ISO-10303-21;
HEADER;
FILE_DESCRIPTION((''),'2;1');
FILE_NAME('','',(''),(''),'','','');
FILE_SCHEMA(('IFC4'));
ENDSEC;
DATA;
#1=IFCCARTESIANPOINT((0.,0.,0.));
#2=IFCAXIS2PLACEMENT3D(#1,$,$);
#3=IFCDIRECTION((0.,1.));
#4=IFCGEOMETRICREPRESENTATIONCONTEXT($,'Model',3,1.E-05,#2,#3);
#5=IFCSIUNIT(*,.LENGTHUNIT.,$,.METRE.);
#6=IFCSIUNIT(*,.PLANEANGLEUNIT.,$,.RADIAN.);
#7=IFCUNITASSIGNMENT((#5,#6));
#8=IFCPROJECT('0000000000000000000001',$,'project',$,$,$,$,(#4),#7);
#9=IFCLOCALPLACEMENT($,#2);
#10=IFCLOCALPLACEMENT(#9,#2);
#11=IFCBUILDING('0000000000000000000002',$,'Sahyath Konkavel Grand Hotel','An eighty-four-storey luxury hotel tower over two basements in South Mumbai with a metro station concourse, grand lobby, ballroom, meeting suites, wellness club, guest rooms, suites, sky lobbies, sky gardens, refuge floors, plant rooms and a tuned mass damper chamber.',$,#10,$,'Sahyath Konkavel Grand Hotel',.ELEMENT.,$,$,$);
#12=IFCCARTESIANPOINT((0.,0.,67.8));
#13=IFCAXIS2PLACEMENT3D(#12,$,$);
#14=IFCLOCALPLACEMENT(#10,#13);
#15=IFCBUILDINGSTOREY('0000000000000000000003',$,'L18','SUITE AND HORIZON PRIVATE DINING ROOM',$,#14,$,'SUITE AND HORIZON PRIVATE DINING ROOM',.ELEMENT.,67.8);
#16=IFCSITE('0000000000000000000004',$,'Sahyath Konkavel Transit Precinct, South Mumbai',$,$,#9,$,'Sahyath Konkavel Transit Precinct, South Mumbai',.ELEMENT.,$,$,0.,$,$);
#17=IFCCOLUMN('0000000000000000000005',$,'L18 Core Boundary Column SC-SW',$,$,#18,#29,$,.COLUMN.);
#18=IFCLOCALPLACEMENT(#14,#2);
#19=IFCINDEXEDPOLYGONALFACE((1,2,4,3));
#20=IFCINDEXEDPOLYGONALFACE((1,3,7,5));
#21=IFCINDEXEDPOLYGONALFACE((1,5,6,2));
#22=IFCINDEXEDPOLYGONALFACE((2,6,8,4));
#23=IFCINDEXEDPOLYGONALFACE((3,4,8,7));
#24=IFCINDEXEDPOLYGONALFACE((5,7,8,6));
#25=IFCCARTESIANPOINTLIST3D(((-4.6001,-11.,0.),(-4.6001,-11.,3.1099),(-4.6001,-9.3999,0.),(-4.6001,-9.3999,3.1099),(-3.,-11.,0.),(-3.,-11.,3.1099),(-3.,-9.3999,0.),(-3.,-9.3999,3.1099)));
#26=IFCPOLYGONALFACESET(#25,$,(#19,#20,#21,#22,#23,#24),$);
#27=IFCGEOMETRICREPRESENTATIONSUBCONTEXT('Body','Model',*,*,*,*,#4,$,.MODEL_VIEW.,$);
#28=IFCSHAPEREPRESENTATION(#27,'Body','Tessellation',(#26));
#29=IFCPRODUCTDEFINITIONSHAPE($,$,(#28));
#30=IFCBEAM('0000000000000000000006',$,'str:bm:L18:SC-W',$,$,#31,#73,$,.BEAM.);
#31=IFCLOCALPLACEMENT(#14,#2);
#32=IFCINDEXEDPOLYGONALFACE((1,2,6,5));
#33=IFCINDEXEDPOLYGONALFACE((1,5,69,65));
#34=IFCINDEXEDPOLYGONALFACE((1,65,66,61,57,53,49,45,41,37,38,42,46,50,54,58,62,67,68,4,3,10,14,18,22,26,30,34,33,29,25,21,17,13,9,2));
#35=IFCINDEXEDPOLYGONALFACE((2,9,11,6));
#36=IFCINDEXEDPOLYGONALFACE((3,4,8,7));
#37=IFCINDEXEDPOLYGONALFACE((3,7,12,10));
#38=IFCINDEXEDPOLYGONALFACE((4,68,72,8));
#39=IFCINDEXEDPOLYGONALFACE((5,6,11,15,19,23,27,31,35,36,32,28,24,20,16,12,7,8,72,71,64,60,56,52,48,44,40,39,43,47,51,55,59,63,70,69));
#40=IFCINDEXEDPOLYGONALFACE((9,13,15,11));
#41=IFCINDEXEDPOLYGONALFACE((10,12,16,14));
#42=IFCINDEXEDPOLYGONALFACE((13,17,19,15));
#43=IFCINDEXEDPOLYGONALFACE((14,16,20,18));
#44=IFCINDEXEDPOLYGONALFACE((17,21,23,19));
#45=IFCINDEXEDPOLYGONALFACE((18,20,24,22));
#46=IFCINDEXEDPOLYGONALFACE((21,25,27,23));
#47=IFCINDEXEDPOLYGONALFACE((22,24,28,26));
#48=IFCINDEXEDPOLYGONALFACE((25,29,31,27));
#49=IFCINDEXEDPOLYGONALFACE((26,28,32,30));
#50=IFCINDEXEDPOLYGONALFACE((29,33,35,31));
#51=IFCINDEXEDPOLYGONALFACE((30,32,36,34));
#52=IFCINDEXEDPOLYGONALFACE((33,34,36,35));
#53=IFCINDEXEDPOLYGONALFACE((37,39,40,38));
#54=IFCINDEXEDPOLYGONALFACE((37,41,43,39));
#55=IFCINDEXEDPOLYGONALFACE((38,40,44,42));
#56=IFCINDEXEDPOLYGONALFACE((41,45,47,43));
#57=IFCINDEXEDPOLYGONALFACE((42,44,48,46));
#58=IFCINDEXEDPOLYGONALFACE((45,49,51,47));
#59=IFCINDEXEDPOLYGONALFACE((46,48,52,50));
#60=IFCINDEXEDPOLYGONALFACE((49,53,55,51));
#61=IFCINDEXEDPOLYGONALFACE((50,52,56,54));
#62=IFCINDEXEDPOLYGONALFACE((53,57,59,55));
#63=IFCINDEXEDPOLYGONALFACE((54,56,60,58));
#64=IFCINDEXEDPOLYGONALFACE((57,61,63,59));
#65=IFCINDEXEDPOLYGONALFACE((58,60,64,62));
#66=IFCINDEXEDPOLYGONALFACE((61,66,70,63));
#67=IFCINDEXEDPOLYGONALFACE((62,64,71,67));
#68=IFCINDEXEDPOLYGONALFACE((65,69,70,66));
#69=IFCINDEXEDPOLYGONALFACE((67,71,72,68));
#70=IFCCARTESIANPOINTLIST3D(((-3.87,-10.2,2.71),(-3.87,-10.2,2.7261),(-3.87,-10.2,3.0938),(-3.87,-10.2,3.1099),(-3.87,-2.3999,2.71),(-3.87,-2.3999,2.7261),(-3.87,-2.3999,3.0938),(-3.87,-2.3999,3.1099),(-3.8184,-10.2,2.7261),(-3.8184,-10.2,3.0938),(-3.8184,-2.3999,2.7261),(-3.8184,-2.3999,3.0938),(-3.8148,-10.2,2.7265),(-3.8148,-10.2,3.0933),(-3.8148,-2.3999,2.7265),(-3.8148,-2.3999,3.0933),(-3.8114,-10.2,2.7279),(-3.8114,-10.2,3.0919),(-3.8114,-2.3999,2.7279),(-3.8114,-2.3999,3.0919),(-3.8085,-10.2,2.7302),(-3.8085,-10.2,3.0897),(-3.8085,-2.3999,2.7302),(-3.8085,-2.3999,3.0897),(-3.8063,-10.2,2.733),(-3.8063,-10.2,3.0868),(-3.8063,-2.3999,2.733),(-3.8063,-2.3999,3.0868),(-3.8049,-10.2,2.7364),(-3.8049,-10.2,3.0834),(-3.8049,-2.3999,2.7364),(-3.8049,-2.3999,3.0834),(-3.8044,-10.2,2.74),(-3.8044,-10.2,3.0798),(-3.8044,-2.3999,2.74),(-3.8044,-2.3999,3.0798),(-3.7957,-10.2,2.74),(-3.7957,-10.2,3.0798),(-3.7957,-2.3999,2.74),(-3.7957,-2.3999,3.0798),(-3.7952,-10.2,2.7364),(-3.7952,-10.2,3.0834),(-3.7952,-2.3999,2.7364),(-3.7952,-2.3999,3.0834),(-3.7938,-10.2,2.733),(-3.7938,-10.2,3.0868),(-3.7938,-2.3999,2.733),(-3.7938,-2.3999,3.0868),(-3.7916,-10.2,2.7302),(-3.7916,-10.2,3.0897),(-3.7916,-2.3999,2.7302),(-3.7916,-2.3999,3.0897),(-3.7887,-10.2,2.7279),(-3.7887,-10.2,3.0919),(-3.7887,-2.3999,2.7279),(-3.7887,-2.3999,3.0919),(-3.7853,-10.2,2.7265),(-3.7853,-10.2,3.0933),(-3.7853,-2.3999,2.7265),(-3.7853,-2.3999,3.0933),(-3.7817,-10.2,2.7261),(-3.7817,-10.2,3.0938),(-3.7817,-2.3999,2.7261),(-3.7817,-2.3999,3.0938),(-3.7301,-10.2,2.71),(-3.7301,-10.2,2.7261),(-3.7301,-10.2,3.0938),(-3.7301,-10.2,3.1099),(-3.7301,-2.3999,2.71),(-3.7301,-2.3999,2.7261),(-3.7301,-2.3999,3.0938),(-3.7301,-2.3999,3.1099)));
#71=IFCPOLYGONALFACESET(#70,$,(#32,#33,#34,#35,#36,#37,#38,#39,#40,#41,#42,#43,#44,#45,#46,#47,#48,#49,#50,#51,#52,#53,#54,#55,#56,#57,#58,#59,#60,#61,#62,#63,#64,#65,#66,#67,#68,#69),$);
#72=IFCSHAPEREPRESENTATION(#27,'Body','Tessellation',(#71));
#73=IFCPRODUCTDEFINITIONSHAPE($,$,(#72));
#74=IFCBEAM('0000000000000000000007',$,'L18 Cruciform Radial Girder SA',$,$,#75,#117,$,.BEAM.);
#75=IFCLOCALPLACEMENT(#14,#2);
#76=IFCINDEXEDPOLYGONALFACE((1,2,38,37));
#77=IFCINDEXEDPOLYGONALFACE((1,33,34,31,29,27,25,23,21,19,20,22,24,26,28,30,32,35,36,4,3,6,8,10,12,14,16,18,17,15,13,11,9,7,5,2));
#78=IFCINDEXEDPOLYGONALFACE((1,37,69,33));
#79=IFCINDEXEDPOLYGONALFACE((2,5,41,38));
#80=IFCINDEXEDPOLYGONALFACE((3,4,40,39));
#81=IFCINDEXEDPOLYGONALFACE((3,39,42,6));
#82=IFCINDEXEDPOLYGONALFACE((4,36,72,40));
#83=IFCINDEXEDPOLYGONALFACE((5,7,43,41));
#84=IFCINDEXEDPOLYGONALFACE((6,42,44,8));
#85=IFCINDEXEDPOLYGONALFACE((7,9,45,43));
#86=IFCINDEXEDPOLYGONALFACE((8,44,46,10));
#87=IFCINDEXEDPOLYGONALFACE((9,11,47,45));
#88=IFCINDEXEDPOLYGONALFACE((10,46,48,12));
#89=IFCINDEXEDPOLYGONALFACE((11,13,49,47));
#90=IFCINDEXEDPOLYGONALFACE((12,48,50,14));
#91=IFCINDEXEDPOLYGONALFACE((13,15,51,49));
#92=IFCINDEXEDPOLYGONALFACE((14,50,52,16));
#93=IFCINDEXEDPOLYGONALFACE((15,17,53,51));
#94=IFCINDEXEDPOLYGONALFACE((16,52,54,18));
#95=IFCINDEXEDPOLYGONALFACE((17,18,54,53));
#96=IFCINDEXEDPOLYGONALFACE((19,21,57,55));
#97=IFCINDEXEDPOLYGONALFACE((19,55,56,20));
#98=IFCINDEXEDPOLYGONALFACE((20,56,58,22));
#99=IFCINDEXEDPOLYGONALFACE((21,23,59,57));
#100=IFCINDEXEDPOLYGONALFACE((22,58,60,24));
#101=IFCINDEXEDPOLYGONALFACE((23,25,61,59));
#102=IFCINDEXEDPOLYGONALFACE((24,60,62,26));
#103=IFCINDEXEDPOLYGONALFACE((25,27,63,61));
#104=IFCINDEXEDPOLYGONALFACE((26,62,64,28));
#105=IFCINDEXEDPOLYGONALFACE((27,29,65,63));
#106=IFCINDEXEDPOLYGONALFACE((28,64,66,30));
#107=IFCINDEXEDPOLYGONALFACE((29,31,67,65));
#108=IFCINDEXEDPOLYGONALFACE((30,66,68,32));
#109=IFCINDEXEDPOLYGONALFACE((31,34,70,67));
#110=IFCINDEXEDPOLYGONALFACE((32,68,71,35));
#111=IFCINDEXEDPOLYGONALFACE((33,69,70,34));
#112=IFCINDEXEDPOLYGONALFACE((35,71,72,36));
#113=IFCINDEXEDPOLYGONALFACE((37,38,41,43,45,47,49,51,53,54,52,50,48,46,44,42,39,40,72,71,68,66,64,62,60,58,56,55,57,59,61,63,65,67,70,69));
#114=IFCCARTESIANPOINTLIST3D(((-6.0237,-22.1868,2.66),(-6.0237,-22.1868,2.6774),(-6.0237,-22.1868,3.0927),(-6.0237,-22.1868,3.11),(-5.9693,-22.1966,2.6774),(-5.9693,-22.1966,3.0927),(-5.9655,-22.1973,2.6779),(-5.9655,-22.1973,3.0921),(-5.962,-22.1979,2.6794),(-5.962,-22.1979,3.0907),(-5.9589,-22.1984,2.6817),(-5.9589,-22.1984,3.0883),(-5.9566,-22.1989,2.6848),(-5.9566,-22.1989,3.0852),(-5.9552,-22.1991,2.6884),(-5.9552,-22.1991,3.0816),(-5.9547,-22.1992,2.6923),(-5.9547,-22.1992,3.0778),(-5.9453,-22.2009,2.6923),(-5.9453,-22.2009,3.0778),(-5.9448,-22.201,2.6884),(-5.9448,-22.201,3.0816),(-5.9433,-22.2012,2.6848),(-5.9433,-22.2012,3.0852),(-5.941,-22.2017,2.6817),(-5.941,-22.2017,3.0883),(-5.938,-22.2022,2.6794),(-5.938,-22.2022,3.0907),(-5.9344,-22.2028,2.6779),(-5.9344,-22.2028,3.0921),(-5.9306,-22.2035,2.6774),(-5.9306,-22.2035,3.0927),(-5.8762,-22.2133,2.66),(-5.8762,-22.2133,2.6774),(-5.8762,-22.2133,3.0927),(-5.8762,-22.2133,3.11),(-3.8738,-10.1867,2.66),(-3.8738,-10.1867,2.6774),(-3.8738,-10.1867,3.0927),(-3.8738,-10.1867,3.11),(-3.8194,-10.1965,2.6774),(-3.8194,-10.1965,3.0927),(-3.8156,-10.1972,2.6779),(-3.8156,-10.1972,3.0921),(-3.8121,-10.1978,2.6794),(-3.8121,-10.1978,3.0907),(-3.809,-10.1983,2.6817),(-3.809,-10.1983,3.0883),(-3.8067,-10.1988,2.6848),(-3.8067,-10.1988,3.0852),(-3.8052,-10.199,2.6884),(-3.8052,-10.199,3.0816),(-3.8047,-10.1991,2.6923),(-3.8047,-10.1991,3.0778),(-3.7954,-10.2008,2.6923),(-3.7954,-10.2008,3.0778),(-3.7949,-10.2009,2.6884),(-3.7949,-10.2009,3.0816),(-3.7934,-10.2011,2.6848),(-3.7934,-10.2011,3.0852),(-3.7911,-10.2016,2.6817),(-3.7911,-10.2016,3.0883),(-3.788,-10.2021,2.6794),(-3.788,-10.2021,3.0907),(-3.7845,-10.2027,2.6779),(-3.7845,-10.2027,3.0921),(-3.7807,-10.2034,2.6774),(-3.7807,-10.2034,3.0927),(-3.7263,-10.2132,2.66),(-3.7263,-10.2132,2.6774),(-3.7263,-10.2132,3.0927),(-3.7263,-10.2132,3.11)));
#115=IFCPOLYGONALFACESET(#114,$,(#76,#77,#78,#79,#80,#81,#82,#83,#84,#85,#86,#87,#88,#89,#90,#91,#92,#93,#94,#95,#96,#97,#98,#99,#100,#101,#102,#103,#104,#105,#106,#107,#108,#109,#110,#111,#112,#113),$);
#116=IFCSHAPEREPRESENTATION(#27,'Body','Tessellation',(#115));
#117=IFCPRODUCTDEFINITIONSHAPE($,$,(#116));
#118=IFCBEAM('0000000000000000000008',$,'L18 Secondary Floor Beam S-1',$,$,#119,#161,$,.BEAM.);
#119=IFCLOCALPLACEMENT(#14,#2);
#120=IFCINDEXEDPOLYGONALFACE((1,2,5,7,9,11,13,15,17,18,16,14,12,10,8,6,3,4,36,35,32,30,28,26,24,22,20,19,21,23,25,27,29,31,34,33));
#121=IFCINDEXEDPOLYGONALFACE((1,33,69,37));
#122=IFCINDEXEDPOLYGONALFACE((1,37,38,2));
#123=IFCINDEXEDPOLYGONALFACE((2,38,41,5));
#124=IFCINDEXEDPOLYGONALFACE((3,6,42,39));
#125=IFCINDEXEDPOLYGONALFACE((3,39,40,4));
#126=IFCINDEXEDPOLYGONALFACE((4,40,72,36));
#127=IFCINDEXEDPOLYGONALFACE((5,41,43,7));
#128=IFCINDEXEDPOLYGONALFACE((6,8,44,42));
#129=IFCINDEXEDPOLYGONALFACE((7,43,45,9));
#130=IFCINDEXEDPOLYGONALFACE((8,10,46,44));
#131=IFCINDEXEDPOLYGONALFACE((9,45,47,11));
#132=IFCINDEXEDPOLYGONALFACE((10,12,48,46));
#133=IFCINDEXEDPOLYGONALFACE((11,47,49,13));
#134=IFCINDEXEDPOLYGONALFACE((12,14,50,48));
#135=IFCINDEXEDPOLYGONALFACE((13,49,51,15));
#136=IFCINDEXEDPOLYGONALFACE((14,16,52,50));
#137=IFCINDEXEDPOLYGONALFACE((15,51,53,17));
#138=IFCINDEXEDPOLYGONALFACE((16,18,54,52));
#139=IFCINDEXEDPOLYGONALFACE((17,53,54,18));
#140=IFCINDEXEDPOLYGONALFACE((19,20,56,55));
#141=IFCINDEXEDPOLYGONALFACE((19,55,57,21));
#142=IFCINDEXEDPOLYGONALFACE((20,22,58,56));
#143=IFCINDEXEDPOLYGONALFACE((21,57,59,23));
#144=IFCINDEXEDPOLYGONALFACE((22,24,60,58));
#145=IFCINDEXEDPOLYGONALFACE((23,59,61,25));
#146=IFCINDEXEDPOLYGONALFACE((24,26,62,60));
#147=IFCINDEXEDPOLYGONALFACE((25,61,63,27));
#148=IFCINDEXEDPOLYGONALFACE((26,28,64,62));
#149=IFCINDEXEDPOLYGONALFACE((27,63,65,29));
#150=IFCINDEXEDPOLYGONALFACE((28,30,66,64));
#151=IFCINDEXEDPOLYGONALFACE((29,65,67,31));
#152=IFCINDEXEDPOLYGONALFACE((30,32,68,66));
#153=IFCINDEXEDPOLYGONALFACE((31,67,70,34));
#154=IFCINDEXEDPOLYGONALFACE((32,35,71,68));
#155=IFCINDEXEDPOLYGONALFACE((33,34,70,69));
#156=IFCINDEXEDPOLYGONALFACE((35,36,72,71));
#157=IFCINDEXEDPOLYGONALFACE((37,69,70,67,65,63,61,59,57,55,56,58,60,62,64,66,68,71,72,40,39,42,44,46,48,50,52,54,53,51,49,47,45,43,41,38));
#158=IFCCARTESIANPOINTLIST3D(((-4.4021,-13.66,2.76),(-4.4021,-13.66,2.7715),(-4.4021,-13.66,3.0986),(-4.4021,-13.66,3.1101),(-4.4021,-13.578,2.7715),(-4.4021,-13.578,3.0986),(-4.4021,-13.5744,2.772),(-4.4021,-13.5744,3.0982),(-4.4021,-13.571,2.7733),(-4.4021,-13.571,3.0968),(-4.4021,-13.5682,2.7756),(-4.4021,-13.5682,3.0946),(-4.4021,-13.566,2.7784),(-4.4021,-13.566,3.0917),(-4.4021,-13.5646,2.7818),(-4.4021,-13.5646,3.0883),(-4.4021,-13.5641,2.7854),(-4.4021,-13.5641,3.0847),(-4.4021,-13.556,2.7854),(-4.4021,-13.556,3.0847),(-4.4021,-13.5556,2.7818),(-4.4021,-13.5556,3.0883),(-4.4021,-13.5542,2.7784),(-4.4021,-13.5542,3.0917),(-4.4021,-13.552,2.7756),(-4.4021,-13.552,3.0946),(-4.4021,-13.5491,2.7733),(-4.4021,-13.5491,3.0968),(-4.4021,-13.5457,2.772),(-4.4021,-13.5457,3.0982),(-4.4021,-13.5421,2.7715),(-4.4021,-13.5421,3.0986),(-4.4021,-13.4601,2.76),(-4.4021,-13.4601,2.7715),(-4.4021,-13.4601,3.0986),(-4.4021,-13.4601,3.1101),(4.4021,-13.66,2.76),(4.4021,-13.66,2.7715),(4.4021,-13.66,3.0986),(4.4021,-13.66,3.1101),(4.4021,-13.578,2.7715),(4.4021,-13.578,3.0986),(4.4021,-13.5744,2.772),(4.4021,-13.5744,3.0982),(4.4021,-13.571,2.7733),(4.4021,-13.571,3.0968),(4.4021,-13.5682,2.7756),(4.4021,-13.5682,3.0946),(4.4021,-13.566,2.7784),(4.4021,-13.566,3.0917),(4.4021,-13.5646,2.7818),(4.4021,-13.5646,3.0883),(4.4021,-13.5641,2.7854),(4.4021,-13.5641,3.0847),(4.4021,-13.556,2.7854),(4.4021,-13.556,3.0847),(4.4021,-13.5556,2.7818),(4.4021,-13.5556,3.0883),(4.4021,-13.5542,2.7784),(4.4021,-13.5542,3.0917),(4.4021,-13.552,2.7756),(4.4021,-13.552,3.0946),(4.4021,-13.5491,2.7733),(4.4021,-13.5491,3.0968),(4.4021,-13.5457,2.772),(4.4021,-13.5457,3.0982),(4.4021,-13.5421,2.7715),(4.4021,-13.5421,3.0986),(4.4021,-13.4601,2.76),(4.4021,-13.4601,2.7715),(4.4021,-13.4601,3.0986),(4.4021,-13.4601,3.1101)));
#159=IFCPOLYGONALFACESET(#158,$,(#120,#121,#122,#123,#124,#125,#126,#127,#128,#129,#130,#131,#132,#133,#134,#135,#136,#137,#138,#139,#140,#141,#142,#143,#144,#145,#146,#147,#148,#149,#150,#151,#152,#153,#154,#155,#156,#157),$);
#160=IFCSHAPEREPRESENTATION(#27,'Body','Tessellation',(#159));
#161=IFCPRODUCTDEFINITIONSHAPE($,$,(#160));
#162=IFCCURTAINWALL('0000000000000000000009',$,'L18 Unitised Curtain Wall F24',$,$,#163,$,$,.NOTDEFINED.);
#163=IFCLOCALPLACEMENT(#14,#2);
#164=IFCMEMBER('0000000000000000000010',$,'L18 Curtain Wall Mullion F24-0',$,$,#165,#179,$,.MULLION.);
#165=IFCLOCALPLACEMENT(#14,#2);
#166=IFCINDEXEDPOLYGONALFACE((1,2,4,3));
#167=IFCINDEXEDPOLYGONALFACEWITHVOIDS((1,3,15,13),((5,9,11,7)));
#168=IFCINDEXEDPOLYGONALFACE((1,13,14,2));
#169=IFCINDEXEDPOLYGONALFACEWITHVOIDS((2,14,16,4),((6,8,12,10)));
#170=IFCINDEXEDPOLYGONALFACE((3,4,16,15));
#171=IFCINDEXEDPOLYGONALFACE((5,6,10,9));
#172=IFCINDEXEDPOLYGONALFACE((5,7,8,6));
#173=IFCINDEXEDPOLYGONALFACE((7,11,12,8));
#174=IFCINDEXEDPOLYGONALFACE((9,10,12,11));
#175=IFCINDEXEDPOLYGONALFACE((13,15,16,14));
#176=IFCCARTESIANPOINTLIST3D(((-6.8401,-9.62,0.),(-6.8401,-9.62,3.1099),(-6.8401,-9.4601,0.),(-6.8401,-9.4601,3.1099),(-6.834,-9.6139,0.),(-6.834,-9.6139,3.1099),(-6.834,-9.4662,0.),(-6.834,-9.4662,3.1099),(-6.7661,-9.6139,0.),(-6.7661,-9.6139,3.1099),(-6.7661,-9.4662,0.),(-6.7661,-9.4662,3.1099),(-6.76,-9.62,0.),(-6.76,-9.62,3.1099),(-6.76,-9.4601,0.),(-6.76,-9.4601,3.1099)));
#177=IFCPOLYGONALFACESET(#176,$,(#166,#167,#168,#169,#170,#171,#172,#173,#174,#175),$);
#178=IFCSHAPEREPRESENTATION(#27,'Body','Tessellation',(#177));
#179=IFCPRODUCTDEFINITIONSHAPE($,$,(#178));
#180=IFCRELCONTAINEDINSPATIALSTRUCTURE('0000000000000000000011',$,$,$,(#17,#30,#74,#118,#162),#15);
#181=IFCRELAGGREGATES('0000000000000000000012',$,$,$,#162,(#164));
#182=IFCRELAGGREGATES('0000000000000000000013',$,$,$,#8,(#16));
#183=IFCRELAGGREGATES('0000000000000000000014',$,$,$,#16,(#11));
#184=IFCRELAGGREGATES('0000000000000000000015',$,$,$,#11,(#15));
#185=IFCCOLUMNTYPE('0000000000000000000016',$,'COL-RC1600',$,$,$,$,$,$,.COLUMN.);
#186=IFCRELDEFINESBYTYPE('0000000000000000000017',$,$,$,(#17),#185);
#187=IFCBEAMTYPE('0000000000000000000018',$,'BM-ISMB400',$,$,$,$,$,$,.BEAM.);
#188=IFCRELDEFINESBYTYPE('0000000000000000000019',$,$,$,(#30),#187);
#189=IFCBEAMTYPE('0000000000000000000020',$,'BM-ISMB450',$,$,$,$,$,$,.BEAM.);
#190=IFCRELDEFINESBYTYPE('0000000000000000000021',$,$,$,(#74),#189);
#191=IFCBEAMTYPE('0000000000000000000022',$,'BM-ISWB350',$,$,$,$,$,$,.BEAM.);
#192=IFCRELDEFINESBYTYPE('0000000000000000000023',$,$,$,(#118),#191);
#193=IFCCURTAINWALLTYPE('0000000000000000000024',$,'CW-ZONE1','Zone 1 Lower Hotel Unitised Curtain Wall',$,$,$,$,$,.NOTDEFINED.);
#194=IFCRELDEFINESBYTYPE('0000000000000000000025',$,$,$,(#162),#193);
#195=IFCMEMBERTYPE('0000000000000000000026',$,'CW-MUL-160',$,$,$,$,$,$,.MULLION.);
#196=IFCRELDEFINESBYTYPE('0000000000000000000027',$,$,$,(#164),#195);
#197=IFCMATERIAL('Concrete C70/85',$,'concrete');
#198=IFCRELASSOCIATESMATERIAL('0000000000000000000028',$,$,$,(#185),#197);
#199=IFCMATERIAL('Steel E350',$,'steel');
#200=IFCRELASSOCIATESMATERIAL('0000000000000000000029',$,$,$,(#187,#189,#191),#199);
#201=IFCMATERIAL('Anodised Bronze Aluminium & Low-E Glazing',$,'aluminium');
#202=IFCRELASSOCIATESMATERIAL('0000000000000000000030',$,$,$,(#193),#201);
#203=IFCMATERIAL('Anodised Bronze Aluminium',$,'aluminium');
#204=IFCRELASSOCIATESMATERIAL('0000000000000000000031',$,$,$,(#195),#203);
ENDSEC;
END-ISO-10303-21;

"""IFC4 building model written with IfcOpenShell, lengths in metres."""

from ifc_helpers import new_model, si_unit, direction, frame, origin, origin_2d, place, context, subcontext, project, spatial, rectangle, hollow_rectangle, i_section, extrude, source, transform, mapped, material, material_profile, profile_set, type_object, element, aggregate, save


model = new_model("IFC4")

# Units and contexts
model_context = context("Model", 3, precision=1e-05, world=origin(), true_north=direction((0.0, 1.0)))
body_context = subcontext(model_context, "Body", "Model", "MODEL_VIEW")
ifc_project = project(units=[si_unit("LENGTHUNIT", "METRE"), si_unit("PLANEANGLEUNIT", "RADIAN")], contexts=[model_context])

# Site, building, storey
site_placement = place(None, origin())
site = spatial("IfcSite", under=ifc_project, at=site_placement, Name="Sahyath Konkavel Transit Precinct, South Mumbai", LongName="Sahyath Konkavel Transit Precinct, South Mumbai", CompositionType="ELEMENT", RefElevation=0.0)
building_placement = place(site_placement, origin())
building = spatial("IfcBuilding", under=site, at=building_placement, Name="Sahyath Konkavel Grand Hotel", Description="An eighty-four-storey luxury hotel tower over two basements in South Mumbai with a metro station concourse, grand lobby, ballroom, meeting suites, wellness club, guest rooms, suites, sky lobbies, sky gardens, refuge floors, plant rooms and a tuned mass damper chamber.", LongName="Sahyath Konkavel Grand Hotel", CompositionType="ELEMENT")
storey_placement = place(building_placement, frame((0.0, 0.0, 67.8)))
storey = spatial("IfcBuildingStorey", under=building, at=storey_placement, Name="L18", Description="SUITE AND HORIZON PRIVATE DINING ROOM", LongName="SUITE AND HORIZON PRIVATE DINING ROOM", CompositionType="ELEMENT", Elevation=67.8)

# Column
ifc_material_1 = material(Name="Concrete C70/85", Category="concrete")
ifc_material_profile_1 = material_profile(ifc_material_1, rectangle(XDim=1.6001, YDim=1.6001, at=origin_2d()), Name="RC 1600x1600")
ifc_profile_set_1 = profile_set([ifc_material_profile_1], Name="Concrete C70/85")
column_type = type_object("IfcColumnType", Name="COL-RC1600", PredefinedType="COLUMN", material=ifc_profile_set_1)
shared_shape_1 = source(origin(), body_context, "Body", "SweptSolid", [
    extrude(rectangle(XDim=1.6001, YDim=1.6001, at=origin_2d()), origin(), (0.0, 0.0, 1.0), 3.1099),
])
column_placement = place(storey_placement, frame((-3.8, -10.2, 0.0), z_axis=(0.0, 0.0, 1.0), x_axis=(1.0, 0.0, 0.0)))
element("IfcColumn", 1, at=column_placement, inside=storey, type_object=column_type, Name="L18 Core Boundary Column SC-SW", PredefinedType="COLUMN", context=body_context, shape_type="MappedRepresentation", body=[
    mapped(shared_shape_1, transform((0.0, 0.0, 0.0), scale=1.0)),
])

# Beams
ifc_material_2 = material(Name="Steel E350", Category="steel")
ifc_material_profile_2 = material_profile(ifc_material_2, i_section(OverallWidth=0.1399, OverallDepth=0.3999, WebThickness=0.0088, FlangeThickness=0.0161, FilletRadius=0.0139, at=origin_2d()), Name="ISMB 400")
ifc_profile_set_2 = profile_set([ifc_material_profile_2], Name="Steel E350")
beam_type_1 = type_object("IfcBeamType", Name="BM-ISMB400", PredefinedType="BEAM", material=ifc_profile_set_2)
shared_shape_2 = source(origin(), body_context, "Body", "SweptSolid", [
    extrude(i_section(OverallWidth=0.1399, OverallDepth=0.3999, WebThickness=0.0088, FlangeThickness=0.0161, FilletRadius=0.0139, at=origin_2d()), origin(), (0.0, 0.0, 1.0), 7.8),
])
beam_1_placement = place(storey_placement, frame((-3.8, -10.2, 2.9099), z_axis=(0.0, 1.0, 0.0), x_axis=(-1.0, 0.0, 0.0)))
element("IfcBeam", 2, at=beam_1_placement, inside=storey, type_object=beam_type_1, Name="str:bm:L18:SC-W", PredefinedType="BEAM", context=body_context, shape_type="MappedRepresentation", body=[
    mapped(shared_shape_2, transform((0.0, 0.0, 0.0), scale=1.0)),
])
ifc_material_profile_3 = material_profile(ifc_material_2, i_section(OverallWidth=0.1499, OverallDepth=0.45, WebThickness=0.0095, FlangeThickness=0.0173, FilletRadius=0.0149, at=origin_2d()), Name="ISMB 450")
ifc_profile_set_3 = profile_set([ifc_material_profile_3], Name="Steel E350")
beam_type_2 = type_object("IfcBeamType", Name="BM-ISMB450", PredefinedType="BEAM", material=ifc_profile_set_3)
shared_shape_3 = source(origin(), body_context, "Body", "SweptSolid", [
    extrude(i_section(OverallWidth=0.1499, OverallDepth=0.45, WebThickness=0.0095, FlangeThickness=0.0173, FilletRadius=0.0149, at=origin_2d()), origin(), (0.0, 0.0, 1.0), 12.1912),
])
beam_2_placement = place(storey_placement, frame((-3.8, -10.2, 2.885), z_axis=(-0.176351, -0.984327, 0.0), x_axis=(0.984327, -0.176351, 0.0)))
element("IfcBeam", 3, at=beam_2_placement, inside=storey, type_object=beam_type_2, Name="L18 Cruciform Radial Girder SA", PredefinedType="BEAM", context=body_context, shape_type="MappedRepresentation", body=[
    mapped(shared_shape_3, transform((0.0, 0.0, 0.0), scale=1.0)),
])
ifc_material_profile_4 = material_profile(ifc_material_2, i_section(OverallWidth=0.2, OverallDepth=0.3501, WebThickness=0.0081, FlangeThickness=0.0115, FilletRadius=0.0139, at=origin_2d()), Name="ISWB 350")
ifc_profile_set_4 = profile_set([ifc_material_profile_4], Name="Steel E350")
beam_type_3 = type_object("IfcBeamType", Name="BM-ISWB350", PredefinedType="BEAM", material=ifc_profile_set_4)
shared_shape_4 = source(origin(), body_context, "Body", "SweptSolid", [
    extrude(i_section(OverallWidth=0.2, OverallDepth=0.3501, WebThickness=0.0081, FlangeThickness=0.0115, FilletRadius=0.0139, at=origin_2d()), origin(), (0.0, 0.0, 1.0), 8.8042),
])
beam_3_placement = place(storey_placement, frame((-4.4021, -13.5601, 2.9351), z_axis=(1.0, 0.0, 0.0), x_axis=(0.0, 1.0, 0.0)))
element("IfcBeam", 4, at=beam_3_placement, inside=storey, type_object=beam_type_3, Name="L18 Secondary Floor Beam S-1", PredefinedType="BEAM", context=body_context, shape_type="MappedRepresentation", body=[
    mapped(shared_shape_4, transform((0.0, 0.0, 0.0), scale=1.0)),
])

# Curtain wall, member
ifc_material_3 = material(Name="Anodised Bronze Aluminium & Low-E Glazing", Category="aluminium")
curtain_wall_type = type_object("IfcCurtainWallType", Name="CW-ZONE1", Description="Zone 1 Lower Hotel Unitised Curtain Wall", PredefinedType="NOTDEFINED", material=ifc_material_3)
curtain_wall_1_placement = place(storey_placement, origin())
curtain_wall_1 = element("IfcCurtainWall", 5, at=curtain_wall_1_placement, inside=storey, type_object=curtain_wall_type, Name="L18 Unitised Curtain Wall F24", PredefinedType="NOTDEFINED")
ifc_material_4 = material(Name="Anodised Bronze Aluminium", Category="aluminium")
ifc_material_profile_5 = material_profile(ifc_material_4, hollow_rectangle(XDim=0.0801, YDim=0.1599, WallThickness=0.0061, at=origin_2d()), Name="RHS 160x80x6")
ifc_profile_set_5 = profile_set([ifc_material_profile_5], Name="Anodised Bronze Aluminium")
member_type_1 = type_object("IfcMemberType", Name="CW-MUL-160", PredefinedType="MULLION", material=ifc_profile_set_5)
shared_shape_5 = source(origin(), body_context, "Body", "SweptSolid", [
    extrude(hollow_rectangle(XDim=0.0801, YDim=0.1599, WallThickness=0.0061, at=origin_2d()), origin(), (0.0, 0.0, 1.0), 3.1099),
])
member_1_placement = place(storey_placement, frame((-6.8, -9.54, 0.0), z_axis=(0.0, 0.0, 1.0), x_axis=(1.0, 0.0, 0.0)))
member_1 = element("IfcMember", 6, at=member_1_placement, type_object=member_type_1, Name="L18 Curtain Wall Mullion F24-0", PredefinedType="MULLION", context=body_context, shape_type="MappedRepresentation", body=[
    mapped(shared_shape_5, transform((0.0, 0.0, 0.0), scale=1.0)),
])

aggregate(curtain_wall_1, [member_1])

save(model, "model.ifc")
